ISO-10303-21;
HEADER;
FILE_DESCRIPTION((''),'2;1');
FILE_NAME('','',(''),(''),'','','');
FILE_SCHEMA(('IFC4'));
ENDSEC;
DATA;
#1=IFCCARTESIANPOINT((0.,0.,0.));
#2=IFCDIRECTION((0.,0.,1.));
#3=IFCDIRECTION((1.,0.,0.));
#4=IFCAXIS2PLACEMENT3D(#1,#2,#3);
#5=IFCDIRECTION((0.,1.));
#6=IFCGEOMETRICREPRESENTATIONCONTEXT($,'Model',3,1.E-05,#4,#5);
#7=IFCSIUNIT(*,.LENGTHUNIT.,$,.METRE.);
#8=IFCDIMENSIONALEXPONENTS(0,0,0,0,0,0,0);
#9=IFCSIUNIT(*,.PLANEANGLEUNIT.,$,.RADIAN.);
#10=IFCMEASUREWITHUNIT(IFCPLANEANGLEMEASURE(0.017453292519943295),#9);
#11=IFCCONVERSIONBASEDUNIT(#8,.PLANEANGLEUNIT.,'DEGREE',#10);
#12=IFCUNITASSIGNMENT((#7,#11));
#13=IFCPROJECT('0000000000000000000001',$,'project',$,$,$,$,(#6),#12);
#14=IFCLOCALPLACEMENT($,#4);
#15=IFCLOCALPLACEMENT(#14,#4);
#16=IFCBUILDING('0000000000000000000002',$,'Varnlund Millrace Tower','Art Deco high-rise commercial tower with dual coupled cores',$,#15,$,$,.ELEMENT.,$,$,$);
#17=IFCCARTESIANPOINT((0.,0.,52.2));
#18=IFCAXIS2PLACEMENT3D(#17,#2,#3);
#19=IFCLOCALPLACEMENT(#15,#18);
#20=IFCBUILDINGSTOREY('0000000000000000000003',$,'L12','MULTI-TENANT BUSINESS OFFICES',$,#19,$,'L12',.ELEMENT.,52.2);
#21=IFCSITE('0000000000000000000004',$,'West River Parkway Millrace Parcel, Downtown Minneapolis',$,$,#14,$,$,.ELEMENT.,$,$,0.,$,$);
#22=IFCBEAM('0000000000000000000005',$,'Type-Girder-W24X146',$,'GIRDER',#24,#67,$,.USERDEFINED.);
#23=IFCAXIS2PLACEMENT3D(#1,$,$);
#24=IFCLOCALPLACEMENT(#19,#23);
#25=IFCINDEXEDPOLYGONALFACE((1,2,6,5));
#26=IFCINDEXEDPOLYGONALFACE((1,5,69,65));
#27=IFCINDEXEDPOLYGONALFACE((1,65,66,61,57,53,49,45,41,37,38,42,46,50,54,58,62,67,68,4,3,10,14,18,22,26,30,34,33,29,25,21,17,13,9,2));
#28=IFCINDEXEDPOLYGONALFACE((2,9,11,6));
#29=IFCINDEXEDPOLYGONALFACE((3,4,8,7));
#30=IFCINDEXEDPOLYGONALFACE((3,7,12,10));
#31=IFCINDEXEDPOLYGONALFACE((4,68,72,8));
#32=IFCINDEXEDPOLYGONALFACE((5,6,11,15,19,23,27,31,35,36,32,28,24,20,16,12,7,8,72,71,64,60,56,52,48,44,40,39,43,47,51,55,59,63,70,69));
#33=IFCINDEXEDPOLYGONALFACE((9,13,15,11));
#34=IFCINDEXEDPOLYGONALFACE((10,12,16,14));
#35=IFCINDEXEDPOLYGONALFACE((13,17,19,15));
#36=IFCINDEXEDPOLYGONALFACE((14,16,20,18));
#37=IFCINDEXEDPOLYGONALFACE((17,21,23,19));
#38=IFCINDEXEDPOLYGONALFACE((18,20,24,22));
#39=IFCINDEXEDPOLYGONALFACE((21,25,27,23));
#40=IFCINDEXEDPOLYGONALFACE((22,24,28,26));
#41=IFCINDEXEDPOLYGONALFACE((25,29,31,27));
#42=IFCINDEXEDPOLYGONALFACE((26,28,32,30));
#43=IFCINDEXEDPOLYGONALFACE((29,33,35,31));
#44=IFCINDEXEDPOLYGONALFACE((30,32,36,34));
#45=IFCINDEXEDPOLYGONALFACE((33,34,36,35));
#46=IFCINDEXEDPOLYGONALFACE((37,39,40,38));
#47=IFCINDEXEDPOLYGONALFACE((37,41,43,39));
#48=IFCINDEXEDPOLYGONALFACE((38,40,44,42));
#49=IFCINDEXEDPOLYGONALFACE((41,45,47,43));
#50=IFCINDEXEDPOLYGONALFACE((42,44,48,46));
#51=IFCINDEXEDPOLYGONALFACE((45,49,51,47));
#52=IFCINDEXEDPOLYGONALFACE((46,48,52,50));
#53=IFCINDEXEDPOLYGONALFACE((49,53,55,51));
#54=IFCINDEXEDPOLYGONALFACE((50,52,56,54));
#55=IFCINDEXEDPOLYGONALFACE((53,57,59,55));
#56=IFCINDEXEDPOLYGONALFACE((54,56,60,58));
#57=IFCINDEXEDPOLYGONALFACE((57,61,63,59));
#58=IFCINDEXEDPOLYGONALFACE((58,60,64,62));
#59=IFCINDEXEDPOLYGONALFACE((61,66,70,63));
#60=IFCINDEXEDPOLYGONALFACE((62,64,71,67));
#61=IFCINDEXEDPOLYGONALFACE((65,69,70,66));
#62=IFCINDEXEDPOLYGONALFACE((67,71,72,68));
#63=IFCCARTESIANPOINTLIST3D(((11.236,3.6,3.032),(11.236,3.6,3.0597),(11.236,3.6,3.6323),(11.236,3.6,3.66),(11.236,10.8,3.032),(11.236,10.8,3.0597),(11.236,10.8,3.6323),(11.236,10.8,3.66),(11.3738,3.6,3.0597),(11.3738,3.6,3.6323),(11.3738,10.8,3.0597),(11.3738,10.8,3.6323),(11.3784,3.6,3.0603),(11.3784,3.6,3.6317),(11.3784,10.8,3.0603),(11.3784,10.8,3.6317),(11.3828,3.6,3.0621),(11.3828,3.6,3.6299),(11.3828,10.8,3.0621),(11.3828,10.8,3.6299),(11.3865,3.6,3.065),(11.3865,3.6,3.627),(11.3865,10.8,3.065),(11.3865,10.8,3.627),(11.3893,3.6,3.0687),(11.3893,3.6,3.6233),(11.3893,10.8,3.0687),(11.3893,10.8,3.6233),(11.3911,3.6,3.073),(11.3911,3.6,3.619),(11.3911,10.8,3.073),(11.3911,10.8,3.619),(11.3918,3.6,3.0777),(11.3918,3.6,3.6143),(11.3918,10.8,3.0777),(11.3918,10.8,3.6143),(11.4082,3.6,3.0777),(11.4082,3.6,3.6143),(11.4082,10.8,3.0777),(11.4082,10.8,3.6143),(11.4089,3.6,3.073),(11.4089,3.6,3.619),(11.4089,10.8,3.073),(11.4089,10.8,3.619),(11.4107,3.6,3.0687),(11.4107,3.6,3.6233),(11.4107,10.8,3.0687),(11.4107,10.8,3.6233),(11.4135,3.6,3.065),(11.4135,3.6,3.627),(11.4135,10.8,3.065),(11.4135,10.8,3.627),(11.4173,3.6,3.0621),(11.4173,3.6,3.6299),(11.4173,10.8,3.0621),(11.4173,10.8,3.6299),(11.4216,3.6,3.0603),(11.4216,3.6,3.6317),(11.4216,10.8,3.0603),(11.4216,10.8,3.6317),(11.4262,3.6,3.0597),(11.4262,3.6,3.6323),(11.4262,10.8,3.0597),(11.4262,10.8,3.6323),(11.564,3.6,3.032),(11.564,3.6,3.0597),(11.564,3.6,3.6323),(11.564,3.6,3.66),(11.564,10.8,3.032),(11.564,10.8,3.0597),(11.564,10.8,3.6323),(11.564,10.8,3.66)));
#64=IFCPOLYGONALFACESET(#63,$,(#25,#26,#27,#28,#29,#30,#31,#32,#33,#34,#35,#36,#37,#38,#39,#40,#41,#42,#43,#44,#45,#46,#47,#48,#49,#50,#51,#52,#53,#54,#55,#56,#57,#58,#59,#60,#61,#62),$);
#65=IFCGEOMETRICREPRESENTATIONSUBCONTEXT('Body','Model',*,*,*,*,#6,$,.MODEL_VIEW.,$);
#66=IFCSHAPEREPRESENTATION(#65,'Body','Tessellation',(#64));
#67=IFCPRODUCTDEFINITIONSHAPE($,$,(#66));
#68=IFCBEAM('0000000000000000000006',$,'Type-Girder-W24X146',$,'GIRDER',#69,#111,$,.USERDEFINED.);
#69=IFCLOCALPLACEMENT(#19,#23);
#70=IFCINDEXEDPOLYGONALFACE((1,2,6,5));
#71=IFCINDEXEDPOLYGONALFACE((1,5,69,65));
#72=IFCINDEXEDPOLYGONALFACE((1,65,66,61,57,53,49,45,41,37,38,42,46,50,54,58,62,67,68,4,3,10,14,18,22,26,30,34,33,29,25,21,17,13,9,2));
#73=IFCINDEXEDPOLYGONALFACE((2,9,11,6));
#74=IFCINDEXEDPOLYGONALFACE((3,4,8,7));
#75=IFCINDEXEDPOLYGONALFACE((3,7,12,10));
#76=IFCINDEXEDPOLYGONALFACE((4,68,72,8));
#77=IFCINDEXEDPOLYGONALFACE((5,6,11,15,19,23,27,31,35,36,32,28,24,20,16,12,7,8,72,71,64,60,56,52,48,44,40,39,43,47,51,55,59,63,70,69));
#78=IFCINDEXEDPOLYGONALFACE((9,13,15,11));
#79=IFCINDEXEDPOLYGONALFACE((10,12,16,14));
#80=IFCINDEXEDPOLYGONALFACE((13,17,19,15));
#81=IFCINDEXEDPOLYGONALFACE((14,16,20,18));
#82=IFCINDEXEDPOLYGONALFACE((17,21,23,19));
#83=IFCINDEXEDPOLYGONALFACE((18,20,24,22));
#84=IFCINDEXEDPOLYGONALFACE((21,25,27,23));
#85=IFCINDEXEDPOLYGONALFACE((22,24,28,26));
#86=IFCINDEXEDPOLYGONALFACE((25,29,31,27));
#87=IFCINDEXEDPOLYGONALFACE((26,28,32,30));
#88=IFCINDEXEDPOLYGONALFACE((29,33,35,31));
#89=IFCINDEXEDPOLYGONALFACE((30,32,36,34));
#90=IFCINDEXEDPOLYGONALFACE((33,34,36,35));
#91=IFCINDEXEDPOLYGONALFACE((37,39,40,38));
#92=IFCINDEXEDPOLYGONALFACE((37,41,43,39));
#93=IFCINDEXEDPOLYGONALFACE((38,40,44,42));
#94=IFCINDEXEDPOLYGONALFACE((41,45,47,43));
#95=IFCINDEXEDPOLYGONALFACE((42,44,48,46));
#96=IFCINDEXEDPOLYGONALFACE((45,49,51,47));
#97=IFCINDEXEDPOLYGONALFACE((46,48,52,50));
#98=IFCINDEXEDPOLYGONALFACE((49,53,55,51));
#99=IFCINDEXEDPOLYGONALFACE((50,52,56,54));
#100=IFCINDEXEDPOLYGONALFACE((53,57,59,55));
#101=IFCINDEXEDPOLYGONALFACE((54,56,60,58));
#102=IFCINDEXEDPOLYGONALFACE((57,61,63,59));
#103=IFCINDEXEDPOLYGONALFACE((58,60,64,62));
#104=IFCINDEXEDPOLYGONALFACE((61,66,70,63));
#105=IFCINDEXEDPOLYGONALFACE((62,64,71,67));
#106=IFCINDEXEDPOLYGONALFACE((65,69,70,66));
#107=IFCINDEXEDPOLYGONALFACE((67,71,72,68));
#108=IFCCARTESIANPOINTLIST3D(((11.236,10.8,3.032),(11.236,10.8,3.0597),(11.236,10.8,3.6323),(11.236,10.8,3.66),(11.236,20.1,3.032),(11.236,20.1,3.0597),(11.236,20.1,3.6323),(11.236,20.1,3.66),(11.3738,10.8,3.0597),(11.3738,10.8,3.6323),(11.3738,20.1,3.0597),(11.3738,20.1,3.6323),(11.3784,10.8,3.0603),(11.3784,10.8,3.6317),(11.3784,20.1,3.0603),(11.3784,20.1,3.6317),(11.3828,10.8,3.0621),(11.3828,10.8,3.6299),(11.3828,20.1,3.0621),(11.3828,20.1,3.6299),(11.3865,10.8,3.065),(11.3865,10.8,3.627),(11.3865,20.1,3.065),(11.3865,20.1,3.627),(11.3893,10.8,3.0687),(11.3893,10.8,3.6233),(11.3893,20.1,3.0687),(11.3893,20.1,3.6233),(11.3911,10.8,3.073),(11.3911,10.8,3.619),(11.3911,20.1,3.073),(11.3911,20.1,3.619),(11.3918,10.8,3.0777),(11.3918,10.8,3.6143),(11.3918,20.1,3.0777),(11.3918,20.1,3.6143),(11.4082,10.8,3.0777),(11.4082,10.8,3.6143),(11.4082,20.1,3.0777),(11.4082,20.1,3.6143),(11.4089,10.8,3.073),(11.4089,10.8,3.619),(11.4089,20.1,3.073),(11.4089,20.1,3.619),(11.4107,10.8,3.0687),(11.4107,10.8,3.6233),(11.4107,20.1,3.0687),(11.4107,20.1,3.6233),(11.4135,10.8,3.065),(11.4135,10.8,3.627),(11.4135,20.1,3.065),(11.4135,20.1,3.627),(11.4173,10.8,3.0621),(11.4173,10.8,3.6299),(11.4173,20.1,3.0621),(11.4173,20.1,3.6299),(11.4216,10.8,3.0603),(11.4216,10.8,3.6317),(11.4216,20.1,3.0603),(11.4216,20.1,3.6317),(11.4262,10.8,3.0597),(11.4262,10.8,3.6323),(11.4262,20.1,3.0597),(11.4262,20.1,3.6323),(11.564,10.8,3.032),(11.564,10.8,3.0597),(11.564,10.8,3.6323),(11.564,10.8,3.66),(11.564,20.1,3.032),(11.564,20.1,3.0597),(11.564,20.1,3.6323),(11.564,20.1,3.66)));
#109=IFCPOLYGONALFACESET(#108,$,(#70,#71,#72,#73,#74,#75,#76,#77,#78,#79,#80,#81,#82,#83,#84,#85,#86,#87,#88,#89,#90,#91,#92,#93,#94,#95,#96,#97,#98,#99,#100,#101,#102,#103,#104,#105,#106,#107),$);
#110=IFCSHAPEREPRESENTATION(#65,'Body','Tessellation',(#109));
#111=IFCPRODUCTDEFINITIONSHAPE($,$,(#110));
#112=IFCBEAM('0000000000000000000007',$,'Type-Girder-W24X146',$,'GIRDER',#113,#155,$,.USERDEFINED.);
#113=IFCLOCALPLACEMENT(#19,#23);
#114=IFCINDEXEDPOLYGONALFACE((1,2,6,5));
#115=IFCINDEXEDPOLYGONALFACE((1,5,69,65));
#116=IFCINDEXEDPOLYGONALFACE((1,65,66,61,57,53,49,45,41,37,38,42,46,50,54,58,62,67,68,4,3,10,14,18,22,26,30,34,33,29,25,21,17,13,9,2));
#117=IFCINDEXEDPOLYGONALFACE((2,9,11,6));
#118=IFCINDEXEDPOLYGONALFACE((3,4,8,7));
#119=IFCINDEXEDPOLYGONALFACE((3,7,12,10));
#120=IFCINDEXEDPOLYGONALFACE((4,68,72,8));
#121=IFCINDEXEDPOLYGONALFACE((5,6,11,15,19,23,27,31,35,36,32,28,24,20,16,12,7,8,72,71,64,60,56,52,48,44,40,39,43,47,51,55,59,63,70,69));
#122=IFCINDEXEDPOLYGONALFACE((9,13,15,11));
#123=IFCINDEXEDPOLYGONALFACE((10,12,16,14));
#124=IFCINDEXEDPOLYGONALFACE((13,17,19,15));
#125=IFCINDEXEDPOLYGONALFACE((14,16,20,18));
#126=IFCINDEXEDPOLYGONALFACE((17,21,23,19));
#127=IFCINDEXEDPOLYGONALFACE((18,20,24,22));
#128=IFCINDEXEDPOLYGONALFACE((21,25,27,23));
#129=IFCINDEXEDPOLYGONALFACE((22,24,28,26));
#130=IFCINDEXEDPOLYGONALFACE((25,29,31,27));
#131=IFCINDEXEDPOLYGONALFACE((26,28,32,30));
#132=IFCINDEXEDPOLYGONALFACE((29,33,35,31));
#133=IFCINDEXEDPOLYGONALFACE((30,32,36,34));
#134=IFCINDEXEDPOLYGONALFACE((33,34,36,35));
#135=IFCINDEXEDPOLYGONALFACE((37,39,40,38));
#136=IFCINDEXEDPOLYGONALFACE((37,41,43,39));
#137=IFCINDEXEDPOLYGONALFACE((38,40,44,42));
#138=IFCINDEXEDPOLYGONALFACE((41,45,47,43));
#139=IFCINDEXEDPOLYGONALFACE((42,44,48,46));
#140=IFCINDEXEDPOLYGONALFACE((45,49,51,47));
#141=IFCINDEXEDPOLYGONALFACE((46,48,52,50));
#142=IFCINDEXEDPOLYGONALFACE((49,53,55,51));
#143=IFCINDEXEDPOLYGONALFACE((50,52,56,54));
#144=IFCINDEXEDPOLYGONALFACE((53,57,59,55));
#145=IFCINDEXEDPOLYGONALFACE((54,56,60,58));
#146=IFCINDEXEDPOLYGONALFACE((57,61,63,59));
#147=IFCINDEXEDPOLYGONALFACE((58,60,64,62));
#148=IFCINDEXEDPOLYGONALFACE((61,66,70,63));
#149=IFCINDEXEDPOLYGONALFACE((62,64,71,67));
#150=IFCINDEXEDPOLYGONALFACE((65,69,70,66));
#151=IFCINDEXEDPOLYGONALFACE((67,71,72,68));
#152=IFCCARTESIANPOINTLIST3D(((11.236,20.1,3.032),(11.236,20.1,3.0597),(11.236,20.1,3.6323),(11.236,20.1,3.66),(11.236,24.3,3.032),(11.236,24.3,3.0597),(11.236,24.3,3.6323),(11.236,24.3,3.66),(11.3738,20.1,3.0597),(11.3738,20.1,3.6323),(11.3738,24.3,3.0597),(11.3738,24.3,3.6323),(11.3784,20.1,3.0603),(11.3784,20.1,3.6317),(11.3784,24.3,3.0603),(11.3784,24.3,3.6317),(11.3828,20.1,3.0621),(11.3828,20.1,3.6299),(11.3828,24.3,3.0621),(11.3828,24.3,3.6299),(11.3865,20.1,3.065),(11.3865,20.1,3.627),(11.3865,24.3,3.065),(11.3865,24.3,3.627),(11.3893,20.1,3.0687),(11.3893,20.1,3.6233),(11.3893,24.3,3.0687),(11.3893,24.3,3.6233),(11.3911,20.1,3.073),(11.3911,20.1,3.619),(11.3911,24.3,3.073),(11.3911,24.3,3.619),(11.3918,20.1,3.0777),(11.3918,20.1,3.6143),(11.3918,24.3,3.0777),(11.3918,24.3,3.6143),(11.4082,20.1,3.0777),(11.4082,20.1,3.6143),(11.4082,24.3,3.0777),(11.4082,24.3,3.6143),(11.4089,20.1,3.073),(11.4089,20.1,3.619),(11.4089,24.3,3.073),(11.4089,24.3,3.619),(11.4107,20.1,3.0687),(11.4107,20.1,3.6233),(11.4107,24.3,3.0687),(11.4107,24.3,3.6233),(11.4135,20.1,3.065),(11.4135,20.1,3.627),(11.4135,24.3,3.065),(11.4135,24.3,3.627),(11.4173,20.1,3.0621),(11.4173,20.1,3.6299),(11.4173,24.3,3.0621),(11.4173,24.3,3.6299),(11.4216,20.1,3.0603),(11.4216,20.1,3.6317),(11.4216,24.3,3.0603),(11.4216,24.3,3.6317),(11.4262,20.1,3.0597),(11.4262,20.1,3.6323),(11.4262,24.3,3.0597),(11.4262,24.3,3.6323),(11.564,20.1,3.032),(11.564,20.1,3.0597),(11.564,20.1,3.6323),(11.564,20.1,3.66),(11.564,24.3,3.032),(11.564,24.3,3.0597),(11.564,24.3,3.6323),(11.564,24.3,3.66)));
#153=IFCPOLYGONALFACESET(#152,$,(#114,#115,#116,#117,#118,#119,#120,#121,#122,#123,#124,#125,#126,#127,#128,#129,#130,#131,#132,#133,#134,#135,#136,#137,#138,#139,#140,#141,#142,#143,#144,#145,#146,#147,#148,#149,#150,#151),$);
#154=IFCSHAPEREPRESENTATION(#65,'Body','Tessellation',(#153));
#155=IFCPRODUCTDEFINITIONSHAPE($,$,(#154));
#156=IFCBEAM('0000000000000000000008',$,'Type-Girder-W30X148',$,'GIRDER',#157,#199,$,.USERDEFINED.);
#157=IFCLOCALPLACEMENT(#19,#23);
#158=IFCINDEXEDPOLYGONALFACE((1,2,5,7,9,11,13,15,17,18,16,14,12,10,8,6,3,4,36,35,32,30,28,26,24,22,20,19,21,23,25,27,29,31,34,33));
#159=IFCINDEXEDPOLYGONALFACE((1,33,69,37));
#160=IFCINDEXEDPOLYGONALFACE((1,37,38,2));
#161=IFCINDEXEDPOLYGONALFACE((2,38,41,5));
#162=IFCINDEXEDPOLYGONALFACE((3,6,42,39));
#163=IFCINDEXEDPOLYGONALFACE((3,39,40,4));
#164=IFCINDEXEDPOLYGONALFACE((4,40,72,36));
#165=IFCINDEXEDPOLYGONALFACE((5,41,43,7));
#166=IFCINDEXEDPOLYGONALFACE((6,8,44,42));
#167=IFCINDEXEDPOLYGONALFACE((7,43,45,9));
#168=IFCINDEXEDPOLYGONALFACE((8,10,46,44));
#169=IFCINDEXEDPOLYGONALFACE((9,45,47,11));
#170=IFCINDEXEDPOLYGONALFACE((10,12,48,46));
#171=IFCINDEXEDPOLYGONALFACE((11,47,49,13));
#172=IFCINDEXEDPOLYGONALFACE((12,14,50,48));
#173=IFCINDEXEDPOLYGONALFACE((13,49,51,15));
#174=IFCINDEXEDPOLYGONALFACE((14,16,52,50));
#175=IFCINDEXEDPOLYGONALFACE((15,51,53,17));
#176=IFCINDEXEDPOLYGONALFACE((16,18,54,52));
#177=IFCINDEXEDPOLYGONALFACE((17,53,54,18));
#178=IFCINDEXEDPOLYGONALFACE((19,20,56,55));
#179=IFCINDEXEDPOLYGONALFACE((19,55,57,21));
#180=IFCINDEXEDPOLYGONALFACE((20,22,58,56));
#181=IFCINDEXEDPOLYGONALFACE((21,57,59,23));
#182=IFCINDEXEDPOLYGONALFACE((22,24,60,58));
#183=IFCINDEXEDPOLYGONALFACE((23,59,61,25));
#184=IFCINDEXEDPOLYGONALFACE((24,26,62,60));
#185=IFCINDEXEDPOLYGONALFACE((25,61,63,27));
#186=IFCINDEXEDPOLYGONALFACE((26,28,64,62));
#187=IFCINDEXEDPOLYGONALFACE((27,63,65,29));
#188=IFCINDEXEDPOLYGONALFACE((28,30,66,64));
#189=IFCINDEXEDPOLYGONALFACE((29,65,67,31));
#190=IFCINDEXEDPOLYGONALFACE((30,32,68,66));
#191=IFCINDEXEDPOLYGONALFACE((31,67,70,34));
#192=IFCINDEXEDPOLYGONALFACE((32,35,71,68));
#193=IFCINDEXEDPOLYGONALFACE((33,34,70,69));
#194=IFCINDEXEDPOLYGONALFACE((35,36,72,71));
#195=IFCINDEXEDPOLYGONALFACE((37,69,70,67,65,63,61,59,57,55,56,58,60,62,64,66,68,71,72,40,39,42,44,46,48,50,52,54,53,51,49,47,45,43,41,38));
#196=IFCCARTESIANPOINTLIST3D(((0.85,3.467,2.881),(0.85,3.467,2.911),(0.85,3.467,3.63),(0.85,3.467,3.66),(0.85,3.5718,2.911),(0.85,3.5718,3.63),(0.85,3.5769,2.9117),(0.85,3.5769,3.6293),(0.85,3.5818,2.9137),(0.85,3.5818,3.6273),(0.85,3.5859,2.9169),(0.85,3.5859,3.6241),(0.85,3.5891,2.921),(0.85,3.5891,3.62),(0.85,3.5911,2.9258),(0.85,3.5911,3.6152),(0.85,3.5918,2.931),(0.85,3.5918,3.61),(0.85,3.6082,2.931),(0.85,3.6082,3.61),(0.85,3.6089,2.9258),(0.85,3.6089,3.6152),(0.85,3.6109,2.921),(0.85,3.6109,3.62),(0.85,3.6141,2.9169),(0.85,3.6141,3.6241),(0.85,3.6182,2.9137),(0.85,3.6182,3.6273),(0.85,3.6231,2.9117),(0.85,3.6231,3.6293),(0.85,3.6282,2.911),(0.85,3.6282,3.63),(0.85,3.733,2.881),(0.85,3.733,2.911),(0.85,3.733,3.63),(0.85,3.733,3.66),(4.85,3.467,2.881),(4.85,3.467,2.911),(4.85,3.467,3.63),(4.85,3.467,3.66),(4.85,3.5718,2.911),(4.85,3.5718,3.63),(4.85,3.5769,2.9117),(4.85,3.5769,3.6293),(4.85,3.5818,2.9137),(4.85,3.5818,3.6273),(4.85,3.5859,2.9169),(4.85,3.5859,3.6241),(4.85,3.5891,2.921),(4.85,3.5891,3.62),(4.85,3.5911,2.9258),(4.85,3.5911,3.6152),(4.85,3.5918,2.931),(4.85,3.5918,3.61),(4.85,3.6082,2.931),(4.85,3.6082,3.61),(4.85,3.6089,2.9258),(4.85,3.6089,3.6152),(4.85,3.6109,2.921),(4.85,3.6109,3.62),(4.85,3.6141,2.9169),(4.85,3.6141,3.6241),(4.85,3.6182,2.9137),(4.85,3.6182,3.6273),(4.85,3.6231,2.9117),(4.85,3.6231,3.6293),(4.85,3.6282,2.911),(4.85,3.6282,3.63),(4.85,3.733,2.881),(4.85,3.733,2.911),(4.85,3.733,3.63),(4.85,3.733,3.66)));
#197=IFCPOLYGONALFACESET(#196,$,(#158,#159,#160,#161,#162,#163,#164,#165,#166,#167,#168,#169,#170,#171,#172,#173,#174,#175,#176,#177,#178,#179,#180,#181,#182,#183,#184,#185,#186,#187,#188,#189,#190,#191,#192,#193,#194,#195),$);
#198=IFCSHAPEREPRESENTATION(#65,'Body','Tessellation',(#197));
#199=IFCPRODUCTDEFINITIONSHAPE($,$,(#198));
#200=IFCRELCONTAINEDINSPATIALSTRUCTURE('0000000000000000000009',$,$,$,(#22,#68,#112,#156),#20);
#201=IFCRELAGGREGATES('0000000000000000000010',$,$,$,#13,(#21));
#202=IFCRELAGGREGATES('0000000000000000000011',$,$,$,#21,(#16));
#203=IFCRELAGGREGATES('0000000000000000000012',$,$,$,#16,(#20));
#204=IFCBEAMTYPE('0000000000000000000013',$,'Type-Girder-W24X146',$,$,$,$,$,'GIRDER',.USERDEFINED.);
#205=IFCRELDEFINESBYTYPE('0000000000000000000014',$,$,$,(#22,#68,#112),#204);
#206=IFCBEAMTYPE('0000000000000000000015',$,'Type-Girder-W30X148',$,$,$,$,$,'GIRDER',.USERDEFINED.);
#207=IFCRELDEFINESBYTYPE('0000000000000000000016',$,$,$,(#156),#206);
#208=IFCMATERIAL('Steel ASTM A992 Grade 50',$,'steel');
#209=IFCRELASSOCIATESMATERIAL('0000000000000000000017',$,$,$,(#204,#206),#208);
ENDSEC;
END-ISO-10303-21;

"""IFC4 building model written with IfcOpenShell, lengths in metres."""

from ifc_helpers import new_model, entity, si_unit, converted_unit, direction, frame, origin_with_axes, origin_2d_with_axis, place, context, subcontext, project, spatial, i_section, extrude, material, material_profile, profile_set, type_object, element, save


model = new_model("IFC4")

# Units and contexts
model_context = context("Model", 3, precision=1e-05, world=origin_with_axes(), true_north=direction((0.0, 1.0)))
body_context = subcontext(model_context, "Body", "Model", "MODEL_VIEW")
ifc_project = project(units=[si_unit("LENGTHUNIT", "METRE"), converted_unit("PLANEANGLEUNIT", "DEGREE", entity("IfcPlaneAngleMeasure", 0.017453292519943295), si_unit("PLANEANGLEUNIT", "RADIAN"), dimensions=[0, 0, 0, 0, 0, 0, 0])], contexts=[model_context])

# Site, building, storey
site_placement = place(None, origin_with_axes())
site = spatial("IfcSite", under=ifc_project, at=site_placement, Name="West River Parkway Millrace Parcel, Downtown Minneapolis", CompositionType="ELEMENT", RefElevation=0.0)
building_placement = place(site_placement, origin_with_axes())
building = spatial("IfcBuilding", under=site, at=building_placement, Name="Varnlund Millrace Tower", Description="Art Deco high-rise commercial tower with dual coupled cores", CompositionType="ELEMENT")
storey_placement = place(building_placement, frame((0.0, 0.0, 52.2), z_axis=(0.0, 0.0, 1.0), x_axis=(1.0, 0.0, 0.0)))
storey = spatial("IfcBuildingStorey", under=building, at=storey_placement, Name="L12", Description="MULTI-TENANT BUSINESS OFFICES", LongName="L12", CompositionType="ELEMENT", Elevation=52.2)

# Beams
ifc_material_1 = material(Name="Steel ASTM A992 Grade 50", Category="steel")
ifc_material_profile_1 = material_profile(ifc_material_1, i_section(OverallWidth=0.328, OverallDepth=0.628, WebThickness=0.0165, FlangeThickness=0.0277, FilletRadius=0.018, at=origin_2d_with_axis()), Name="Steel ASTM A992 Grade 50")
ifc_profile_set_1 = profile_set([ifc_material_profile_1], Name="Steel ASTM A992 Grade 50")
beam_type_1 = type_object("IfcBeamType", Name="Type-Girder-W24X146", ElementType="GIRDER", PredefinedType="USERDEFINED", material=ifc_profile_set_1)
beam_1_placement = place(storey_placement, frame((11.4, 3.6, 3.346), z_axis=(0.0, 1.0, 0.0), x_axis=(-1.0, 0.0, 0.0)))
element("IfcBeam", 1, at=beam_1_placement, inside=storey, type_object=beam_type_1, Name="Type-Girder-W24X146", ObjectType="GIRDER", PredefinedType="USERDEFINED", context=body_context, shape_type="SweptSolid", body=[
    extrude(i_section(OverallWidth=0.328, OverallDepth=0.628, WebThickness=0.0165, FlangeThickness=0.0277, FilletRadius=0.018, at=origin_2d_with_axis()), origin_with_axes(), (0.0, 0.0, 1.0), 7.2),
])
beam_2_placement = place(storey_placement, frame((11.4, 10.8, 3.346), z_axis=(0.0, 1.0, 0.0), x_axis=(-1.0, 0.0, 0.0)))
element("IfcBeam", 2, at=beam_2_placement, inside=storey, type_object=beam_type_1, Name="Type-Girder-W24X146", ObjectType="GIRDER", PredefinedType="USERDEFINED", context=body_context, shape_type="SweptSolid", body=[
    extrude(i_section(OverallWidth=0.328, OverallDepth=0.628, WebThickness=0.0165, FlangeThickness=0.0277, FilletRadius=0.018, at=origin_2d_with_axis()), origin_with_axes(), (0.0, 0.0, 1.0), 9.3),
])
beam_3_placement = place(storey_placement, frame((11.4, 20.1, 3.346), z_axis=(0.0, 1.0, 0.0), x_axis=(-1.0, 0.0, 0.0)))
element("IfcBeam", 3, at=beam_3_placement, inside=storey, type_object=beam_type_1, Name="Type-Girder-W24X146", ObjectType="GIRDER", PredefinedType="USERDEFINED", context=body_context, shape_type="SweptSolid", body=[
    extrude(i_section(OverallWidth=0.328, OverallDepth=0.628, WebThickness=0.0165, FlangeThickness=0.0277, FilletRadius=0.018, at=origin_2d_with_axis()), origin_with_axes(), (0.0, 0.0, 1.0), 4.2),
])
ifc_material_profile_2 = material_profile(ifc_material_1, i_section(OverallWidth=0.266, OverallDepth=0.779, WebThickness=0.0165, FlangeThickness=0.03, FilletRadius=0.02, at=origin_2d_with_axis()), Name="Steel ASTM A992 Grade 50")
ifc_profile_set_2 = profile_set([ifc_material_profile_2], Name="Steel ASTM A992 Grade 50")
beam_type_2 = type_object("IfcBeamType", Name="Type-Girder-W30X148", ElementType="GIRDER", PredefinedType="USERDEFINED", material=ifc_profile_set_2)
beam_4_placement = place(storey_placement, frame((0.85, 3.6, 3.2705), z_axis=(1.0, 0.0, 0.0), x_axis=(0.0, 1.0, 0.0)))
element("IfcBeam", 4, at=beam_4_placement, inside=storey, type_object=beam_type_2, Name="Type-Girder-W30X148", ObjectType="GIRDER", PredefinedType="USERDEFINED", context=body_context, shape_type="SweptSolid", body=[
    extrude(i_section(OverallWidth=0.266, OverallDepth=0.779, WebThickness=0.0165, FlangeThickness=0.03, FilletRadius=0.02, at=origin_2d_with_axis()), origin_with_axes(), (0.0, 0.0, 1.0), 4.0),
])

save(model, "model.ifc")
